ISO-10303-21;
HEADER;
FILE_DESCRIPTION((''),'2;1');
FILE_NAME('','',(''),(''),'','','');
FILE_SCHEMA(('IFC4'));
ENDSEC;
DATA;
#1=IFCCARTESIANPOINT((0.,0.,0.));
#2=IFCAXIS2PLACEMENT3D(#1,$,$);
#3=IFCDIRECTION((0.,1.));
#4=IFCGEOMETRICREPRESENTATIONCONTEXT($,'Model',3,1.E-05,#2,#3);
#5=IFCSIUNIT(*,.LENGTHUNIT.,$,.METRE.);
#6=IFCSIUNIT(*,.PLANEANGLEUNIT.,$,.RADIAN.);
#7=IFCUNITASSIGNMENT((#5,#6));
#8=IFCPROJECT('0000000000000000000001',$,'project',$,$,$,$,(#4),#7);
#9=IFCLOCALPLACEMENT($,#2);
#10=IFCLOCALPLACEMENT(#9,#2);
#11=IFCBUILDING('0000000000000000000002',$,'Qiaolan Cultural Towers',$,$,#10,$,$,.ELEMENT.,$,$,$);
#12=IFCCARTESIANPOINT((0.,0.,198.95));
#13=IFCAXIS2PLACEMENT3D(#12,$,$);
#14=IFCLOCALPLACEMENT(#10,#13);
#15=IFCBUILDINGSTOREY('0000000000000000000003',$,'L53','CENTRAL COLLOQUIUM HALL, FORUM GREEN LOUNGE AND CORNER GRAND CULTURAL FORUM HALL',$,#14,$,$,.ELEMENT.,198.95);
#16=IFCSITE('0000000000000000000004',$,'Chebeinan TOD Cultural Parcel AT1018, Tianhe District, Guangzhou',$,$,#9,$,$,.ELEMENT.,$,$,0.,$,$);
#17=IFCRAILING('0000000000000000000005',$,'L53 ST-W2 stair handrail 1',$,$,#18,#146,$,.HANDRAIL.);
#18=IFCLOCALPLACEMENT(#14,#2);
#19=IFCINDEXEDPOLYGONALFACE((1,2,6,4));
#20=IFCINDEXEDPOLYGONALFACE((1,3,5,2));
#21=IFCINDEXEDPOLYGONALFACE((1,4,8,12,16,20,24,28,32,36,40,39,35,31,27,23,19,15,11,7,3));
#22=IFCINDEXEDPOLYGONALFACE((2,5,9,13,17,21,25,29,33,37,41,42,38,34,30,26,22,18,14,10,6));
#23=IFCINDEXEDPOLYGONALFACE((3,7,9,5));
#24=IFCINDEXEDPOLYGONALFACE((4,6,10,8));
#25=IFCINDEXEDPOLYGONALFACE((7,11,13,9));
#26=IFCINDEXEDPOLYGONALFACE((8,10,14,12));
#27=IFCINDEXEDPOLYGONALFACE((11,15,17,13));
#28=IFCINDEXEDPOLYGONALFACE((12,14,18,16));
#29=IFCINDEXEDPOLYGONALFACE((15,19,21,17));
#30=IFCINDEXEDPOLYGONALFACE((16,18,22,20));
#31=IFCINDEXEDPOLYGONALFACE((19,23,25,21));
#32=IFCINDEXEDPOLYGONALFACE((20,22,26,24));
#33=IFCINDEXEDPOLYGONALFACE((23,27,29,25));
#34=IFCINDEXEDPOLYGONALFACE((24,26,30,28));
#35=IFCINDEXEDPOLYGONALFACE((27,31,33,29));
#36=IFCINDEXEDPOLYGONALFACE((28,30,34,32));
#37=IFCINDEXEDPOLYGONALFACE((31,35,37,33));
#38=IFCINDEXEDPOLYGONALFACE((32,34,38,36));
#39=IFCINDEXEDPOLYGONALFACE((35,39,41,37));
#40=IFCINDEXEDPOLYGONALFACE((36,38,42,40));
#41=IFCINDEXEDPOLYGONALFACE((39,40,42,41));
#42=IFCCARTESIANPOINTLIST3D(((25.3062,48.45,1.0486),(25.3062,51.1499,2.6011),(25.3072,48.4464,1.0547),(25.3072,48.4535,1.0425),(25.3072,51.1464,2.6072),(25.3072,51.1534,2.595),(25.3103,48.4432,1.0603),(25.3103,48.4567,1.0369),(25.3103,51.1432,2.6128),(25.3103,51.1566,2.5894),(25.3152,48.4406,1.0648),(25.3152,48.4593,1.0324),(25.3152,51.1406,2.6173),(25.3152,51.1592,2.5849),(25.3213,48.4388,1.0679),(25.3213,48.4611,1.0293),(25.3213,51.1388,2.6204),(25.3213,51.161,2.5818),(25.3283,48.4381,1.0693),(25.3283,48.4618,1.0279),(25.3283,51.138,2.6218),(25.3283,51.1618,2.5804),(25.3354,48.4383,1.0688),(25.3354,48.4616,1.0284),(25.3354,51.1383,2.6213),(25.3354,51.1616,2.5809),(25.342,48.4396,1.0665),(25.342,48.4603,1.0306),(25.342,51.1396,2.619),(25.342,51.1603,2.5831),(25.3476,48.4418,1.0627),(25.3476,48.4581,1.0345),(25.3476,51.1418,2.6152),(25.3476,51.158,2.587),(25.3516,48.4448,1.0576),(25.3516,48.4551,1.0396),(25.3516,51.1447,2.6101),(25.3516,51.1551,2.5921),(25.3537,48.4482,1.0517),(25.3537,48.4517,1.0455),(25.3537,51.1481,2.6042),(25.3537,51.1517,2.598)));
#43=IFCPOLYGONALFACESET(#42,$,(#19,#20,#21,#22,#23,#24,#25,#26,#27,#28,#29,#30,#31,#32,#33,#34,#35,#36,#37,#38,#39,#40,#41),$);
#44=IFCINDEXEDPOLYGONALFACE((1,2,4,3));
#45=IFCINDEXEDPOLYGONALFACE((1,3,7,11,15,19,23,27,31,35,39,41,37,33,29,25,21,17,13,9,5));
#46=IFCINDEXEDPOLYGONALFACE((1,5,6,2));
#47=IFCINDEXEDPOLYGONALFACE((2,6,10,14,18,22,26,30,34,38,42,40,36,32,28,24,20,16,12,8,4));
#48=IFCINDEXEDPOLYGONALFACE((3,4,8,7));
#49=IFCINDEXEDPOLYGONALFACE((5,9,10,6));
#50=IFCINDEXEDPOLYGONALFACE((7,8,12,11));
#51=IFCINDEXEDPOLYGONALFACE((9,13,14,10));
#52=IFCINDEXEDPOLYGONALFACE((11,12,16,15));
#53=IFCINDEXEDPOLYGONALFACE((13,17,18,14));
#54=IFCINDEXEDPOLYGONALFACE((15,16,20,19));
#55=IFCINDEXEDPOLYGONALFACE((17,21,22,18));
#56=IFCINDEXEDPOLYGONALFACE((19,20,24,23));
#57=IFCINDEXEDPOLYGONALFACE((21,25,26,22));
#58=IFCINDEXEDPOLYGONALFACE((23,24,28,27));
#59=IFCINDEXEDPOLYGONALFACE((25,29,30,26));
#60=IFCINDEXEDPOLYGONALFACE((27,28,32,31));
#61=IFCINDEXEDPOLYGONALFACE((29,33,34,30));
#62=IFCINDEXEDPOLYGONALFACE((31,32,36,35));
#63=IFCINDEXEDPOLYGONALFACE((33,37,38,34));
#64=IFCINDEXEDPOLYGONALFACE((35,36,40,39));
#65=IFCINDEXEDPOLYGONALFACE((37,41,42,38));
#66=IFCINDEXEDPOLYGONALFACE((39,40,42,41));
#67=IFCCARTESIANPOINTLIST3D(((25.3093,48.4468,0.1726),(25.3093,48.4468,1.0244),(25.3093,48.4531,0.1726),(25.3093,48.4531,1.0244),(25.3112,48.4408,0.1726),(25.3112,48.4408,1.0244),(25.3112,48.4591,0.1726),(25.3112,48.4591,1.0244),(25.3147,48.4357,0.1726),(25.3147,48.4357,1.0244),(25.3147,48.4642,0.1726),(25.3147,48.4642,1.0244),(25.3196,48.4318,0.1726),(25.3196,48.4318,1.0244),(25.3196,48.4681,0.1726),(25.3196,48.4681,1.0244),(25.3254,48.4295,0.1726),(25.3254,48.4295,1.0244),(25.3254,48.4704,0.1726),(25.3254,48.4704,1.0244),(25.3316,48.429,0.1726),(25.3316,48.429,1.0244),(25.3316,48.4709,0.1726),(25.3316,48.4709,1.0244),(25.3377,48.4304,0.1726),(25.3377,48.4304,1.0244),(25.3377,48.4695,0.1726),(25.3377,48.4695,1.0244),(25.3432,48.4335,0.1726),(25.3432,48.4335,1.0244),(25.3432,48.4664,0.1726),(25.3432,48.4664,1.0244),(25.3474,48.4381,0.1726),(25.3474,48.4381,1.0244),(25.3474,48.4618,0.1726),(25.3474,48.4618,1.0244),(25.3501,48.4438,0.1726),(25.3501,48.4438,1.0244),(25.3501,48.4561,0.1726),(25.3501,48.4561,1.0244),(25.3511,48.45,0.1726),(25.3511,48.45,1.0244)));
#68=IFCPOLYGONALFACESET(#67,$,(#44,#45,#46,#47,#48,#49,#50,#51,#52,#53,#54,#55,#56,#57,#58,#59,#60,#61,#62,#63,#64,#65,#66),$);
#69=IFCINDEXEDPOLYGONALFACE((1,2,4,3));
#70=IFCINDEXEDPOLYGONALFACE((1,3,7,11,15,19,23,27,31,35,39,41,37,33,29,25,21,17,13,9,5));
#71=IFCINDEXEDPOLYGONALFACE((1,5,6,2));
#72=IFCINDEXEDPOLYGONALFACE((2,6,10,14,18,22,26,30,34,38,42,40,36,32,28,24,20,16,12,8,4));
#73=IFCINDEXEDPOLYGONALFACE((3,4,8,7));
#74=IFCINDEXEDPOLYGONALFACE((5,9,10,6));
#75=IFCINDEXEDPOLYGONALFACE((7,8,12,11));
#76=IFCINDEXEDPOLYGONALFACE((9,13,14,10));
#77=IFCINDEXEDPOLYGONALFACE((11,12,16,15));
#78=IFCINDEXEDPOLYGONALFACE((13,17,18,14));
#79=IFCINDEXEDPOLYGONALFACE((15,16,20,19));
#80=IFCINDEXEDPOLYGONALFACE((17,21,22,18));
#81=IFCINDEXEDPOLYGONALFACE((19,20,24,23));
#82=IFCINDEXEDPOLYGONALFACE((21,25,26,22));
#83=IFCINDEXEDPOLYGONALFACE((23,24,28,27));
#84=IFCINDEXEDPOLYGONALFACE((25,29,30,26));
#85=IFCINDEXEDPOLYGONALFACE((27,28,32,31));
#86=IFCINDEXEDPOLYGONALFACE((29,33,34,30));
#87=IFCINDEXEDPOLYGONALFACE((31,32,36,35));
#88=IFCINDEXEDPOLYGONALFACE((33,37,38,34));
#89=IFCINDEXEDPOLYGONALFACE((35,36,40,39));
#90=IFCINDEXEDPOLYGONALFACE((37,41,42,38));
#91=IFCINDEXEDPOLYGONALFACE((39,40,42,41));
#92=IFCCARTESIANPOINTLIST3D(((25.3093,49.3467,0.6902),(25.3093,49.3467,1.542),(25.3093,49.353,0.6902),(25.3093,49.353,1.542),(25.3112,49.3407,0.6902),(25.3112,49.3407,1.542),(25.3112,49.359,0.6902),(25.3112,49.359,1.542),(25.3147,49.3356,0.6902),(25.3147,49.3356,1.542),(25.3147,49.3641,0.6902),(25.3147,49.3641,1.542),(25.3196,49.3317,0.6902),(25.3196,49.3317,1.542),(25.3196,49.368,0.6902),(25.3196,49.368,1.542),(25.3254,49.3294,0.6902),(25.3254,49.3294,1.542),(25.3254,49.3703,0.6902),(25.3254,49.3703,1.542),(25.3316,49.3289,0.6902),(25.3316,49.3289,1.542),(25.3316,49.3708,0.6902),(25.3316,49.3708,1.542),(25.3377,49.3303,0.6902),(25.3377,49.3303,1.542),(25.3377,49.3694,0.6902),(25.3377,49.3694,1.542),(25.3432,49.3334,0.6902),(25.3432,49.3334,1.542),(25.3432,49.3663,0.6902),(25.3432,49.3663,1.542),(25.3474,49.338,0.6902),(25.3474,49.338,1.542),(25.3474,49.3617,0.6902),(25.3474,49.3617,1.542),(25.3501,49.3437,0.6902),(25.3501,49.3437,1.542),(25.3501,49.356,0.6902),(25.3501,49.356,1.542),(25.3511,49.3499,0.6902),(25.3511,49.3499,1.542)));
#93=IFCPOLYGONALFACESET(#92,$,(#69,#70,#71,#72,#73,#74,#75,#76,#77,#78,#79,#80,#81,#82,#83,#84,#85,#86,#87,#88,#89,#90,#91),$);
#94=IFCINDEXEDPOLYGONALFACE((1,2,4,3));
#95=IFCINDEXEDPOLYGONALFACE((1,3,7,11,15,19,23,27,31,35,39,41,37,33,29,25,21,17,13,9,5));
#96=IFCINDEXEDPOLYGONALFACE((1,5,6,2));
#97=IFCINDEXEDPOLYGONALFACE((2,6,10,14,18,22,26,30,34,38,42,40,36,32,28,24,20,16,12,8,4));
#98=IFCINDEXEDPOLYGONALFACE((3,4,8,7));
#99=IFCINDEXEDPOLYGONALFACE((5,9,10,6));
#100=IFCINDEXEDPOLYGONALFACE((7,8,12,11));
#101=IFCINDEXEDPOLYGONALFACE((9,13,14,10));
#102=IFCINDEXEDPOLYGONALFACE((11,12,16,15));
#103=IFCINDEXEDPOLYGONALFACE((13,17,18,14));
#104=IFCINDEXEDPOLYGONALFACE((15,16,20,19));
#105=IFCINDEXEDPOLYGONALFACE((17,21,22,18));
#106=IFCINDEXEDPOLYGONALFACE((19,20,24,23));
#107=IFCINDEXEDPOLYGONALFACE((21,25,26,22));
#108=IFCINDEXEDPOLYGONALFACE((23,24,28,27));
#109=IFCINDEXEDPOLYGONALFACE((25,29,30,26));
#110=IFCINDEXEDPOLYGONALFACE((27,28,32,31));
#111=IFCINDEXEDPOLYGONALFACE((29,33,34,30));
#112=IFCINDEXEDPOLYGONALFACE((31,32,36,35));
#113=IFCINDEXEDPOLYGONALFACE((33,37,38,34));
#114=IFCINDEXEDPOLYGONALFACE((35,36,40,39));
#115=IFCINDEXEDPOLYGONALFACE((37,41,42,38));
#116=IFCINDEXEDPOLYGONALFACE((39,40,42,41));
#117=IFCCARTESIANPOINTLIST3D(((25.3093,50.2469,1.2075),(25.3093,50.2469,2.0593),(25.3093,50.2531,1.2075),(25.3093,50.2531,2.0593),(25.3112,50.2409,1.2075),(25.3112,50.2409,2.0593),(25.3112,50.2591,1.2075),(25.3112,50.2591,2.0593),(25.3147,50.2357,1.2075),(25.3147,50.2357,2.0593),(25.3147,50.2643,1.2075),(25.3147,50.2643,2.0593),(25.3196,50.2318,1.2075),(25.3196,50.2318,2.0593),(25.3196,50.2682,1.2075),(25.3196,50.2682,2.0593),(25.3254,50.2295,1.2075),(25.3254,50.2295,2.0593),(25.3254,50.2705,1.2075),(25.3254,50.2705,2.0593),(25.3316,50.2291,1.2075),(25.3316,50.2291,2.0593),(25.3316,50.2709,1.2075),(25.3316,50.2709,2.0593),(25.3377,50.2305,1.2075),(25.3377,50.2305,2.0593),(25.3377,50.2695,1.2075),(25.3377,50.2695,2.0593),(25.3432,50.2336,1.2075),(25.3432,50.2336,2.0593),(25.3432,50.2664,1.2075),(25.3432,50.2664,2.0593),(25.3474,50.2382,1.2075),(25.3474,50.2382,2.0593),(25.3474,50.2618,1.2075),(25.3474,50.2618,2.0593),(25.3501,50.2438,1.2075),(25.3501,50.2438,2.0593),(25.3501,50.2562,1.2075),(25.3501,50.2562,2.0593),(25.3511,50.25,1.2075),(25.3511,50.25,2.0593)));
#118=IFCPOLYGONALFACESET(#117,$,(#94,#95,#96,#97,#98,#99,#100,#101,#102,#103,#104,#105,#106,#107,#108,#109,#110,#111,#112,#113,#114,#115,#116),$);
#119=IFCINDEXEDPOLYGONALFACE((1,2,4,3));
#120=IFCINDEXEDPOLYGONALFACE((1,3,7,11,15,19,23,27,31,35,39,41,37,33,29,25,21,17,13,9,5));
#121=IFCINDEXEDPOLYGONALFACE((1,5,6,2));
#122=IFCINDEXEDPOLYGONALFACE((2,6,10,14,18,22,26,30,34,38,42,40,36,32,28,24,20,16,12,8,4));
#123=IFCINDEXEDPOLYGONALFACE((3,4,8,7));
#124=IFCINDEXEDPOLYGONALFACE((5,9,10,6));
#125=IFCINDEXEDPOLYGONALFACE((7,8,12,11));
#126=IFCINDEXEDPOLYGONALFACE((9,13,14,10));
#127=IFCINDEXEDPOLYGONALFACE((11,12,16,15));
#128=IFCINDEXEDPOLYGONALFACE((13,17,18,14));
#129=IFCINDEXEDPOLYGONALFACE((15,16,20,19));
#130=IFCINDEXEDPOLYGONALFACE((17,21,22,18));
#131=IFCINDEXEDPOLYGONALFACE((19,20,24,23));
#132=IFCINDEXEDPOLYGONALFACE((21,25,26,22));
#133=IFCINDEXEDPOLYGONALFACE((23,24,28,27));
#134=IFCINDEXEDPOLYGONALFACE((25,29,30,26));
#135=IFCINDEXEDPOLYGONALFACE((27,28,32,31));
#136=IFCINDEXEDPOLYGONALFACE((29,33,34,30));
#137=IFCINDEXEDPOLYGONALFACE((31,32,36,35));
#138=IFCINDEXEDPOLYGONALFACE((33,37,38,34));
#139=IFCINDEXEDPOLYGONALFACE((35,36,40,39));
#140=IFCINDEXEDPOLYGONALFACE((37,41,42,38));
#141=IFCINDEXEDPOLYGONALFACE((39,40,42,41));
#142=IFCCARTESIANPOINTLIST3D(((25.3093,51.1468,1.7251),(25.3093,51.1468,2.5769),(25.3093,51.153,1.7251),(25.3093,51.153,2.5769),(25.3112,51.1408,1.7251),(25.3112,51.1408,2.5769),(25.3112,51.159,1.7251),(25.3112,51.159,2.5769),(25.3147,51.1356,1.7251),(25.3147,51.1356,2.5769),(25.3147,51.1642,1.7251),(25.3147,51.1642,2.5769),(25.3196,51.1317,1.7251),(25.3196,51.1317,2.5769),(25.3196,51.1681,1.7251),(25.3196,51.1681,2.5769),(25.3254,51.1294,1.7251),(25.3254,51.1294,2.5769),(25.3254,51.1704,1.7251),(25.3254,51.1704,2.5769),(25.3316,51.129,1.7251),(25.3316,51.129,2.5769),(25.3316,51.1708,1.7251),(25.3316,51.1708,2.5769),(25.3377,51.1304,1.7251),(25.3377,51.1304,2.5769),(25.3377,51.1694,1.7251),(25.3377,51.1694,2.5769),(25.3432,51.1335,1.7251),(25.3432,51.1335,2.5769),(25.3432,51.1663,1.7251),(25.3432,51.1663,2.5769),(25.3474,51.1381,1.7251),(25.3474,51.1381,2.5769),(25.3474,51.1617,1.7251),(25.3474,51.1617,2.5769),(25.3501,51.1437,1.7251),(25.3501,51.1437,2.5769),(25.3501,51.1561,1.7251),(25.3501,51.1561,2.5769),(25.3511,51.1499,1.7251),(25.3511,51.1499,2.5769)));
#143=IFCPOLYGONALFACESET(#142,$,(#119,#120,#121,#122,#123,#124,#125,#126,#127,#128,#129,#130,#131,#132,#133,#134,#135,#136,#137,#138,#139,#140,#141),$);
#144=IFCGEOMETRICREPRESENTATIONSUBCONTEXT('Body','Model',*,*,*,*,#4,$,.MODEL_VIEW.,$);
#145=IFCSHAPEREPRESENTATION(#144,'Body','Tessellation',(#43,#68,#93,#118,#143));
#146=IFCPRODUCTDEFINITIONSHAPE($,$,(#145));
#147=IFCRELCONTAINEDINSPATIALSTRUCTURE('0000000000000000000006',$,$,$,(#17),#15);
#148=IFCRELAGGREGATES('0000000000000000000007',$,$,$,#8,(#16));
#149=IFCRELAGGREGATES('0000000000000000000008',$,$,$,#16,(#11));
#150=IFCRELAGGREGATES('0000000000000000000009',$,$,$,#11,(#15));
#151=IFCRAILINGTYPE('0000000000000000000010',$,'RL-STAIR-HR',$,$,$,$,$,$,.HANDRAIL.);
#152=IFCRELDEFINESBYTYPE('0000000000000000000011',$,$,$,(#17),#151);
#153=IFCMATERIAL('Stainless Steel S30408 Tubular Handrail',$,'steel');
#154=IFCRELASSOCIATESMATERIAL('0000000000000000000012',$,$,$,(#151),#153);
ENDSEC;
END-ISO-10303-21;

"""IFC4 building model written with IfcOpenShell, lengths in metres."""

from ifc_helpers import new_model, si_unit, direction, frame, origin, origin_2d, place, context, subcontext, project, spatial, circle, extrude, material, type_object, element, save


model = new_model("IFC4")

# Units and contexts
model_context = context("Model", 3, precision=1e-05, world=origin(), true_north=direction((0.0, 1.0)))
body_context = subcontext(model_context, "Body", "Model", "MODEL_VIEW")
ifc_project = project(units=[si_unit("LENGTHUNIT", "METRE"), si_unit("PLANEANGLEUNIT", "RADIAN")], contexts=[model_context])

# Site, building, storey
site_placement = place(None, origin())
site = spatial("IfcSite", under=ifc_project, at=site_placement, Name="Chebeinan TOD Cultural Parcel AT1018, Tianhe District, Guangzhou", CompositionType="ELEMENT", RefElevation=0.0)
building_placement = place(site_placement, origin())
building = spatial("IfcBuilding", under=site, at=building_placement, Name="Qiaolan Cultural Towers", CompositionType="ELEMENT")
storey_placement = place(building_placement, frame((0.0, 0.0, 198.95)))
storey = spatial("IfcBuildingStorey", under=building, at=storey_placement, Name="L53", Description="CENTRAL COLLOQUIUM HALL, FORUM GREEN LOUNGE AND CORNER GRAND CULTURAL FORUM HALL", CompositionType="ELEMENT", Elevation=198.95)

# Railing
ifc_material_1 = material(Name="Stainless Steel S30408 Tubular Handrail", Category="steel")
railing_type_1 = type_object("IfcRailingType", Name="RL-STAIR-HR", PredefinedType="HANDRAIL", material=ifc_material_1)
railing_1_placement = place(storey_placement, frame((25.3301, 48.45, 0.1726)))
element("IfcRailing", 1, at=railing_1_placement, inside=storey, type_object=railing_type_1, Name="L53 ST-W2 stair handrail 1", PredefinedType="HANDRAIL", context=body_context, shape_type="SweptSolid", body=[
    extrude(circle(Radius=0.0239, at=origin_2d()), frame((0.0, 0.0, 0.876), z_axis=(0.0, 0.866904, 0.498476), x_axis=(-1.0, 0.0, 0.0)), (0.0, 0.0, 1.0), 3.1145),
    extrude(circle(Radius=0.021, at=origin_2d()), origin(), (0.0, 0.0, 1.0), 0.8518),
    extrude(circle(Radius=0.021, at=origin_2d()), frame((0.0, 0.8999, 0.5176)), (0.0, 0.0, 1.0), 0.8518),
    extrude(circle(Radius=0.021, at=origin_2d()), frame((0.0, 1.8, 1.0349)), (0.0, 0.0, 1.0), 0.8518),
    extrude(circle(Radius=0.021, at=origin_2d()), frame((0.0, 2.7, 1.5525)), (0.0, 0.0, 1.0), 0.8518),
])

save(model, "model.ifc")
